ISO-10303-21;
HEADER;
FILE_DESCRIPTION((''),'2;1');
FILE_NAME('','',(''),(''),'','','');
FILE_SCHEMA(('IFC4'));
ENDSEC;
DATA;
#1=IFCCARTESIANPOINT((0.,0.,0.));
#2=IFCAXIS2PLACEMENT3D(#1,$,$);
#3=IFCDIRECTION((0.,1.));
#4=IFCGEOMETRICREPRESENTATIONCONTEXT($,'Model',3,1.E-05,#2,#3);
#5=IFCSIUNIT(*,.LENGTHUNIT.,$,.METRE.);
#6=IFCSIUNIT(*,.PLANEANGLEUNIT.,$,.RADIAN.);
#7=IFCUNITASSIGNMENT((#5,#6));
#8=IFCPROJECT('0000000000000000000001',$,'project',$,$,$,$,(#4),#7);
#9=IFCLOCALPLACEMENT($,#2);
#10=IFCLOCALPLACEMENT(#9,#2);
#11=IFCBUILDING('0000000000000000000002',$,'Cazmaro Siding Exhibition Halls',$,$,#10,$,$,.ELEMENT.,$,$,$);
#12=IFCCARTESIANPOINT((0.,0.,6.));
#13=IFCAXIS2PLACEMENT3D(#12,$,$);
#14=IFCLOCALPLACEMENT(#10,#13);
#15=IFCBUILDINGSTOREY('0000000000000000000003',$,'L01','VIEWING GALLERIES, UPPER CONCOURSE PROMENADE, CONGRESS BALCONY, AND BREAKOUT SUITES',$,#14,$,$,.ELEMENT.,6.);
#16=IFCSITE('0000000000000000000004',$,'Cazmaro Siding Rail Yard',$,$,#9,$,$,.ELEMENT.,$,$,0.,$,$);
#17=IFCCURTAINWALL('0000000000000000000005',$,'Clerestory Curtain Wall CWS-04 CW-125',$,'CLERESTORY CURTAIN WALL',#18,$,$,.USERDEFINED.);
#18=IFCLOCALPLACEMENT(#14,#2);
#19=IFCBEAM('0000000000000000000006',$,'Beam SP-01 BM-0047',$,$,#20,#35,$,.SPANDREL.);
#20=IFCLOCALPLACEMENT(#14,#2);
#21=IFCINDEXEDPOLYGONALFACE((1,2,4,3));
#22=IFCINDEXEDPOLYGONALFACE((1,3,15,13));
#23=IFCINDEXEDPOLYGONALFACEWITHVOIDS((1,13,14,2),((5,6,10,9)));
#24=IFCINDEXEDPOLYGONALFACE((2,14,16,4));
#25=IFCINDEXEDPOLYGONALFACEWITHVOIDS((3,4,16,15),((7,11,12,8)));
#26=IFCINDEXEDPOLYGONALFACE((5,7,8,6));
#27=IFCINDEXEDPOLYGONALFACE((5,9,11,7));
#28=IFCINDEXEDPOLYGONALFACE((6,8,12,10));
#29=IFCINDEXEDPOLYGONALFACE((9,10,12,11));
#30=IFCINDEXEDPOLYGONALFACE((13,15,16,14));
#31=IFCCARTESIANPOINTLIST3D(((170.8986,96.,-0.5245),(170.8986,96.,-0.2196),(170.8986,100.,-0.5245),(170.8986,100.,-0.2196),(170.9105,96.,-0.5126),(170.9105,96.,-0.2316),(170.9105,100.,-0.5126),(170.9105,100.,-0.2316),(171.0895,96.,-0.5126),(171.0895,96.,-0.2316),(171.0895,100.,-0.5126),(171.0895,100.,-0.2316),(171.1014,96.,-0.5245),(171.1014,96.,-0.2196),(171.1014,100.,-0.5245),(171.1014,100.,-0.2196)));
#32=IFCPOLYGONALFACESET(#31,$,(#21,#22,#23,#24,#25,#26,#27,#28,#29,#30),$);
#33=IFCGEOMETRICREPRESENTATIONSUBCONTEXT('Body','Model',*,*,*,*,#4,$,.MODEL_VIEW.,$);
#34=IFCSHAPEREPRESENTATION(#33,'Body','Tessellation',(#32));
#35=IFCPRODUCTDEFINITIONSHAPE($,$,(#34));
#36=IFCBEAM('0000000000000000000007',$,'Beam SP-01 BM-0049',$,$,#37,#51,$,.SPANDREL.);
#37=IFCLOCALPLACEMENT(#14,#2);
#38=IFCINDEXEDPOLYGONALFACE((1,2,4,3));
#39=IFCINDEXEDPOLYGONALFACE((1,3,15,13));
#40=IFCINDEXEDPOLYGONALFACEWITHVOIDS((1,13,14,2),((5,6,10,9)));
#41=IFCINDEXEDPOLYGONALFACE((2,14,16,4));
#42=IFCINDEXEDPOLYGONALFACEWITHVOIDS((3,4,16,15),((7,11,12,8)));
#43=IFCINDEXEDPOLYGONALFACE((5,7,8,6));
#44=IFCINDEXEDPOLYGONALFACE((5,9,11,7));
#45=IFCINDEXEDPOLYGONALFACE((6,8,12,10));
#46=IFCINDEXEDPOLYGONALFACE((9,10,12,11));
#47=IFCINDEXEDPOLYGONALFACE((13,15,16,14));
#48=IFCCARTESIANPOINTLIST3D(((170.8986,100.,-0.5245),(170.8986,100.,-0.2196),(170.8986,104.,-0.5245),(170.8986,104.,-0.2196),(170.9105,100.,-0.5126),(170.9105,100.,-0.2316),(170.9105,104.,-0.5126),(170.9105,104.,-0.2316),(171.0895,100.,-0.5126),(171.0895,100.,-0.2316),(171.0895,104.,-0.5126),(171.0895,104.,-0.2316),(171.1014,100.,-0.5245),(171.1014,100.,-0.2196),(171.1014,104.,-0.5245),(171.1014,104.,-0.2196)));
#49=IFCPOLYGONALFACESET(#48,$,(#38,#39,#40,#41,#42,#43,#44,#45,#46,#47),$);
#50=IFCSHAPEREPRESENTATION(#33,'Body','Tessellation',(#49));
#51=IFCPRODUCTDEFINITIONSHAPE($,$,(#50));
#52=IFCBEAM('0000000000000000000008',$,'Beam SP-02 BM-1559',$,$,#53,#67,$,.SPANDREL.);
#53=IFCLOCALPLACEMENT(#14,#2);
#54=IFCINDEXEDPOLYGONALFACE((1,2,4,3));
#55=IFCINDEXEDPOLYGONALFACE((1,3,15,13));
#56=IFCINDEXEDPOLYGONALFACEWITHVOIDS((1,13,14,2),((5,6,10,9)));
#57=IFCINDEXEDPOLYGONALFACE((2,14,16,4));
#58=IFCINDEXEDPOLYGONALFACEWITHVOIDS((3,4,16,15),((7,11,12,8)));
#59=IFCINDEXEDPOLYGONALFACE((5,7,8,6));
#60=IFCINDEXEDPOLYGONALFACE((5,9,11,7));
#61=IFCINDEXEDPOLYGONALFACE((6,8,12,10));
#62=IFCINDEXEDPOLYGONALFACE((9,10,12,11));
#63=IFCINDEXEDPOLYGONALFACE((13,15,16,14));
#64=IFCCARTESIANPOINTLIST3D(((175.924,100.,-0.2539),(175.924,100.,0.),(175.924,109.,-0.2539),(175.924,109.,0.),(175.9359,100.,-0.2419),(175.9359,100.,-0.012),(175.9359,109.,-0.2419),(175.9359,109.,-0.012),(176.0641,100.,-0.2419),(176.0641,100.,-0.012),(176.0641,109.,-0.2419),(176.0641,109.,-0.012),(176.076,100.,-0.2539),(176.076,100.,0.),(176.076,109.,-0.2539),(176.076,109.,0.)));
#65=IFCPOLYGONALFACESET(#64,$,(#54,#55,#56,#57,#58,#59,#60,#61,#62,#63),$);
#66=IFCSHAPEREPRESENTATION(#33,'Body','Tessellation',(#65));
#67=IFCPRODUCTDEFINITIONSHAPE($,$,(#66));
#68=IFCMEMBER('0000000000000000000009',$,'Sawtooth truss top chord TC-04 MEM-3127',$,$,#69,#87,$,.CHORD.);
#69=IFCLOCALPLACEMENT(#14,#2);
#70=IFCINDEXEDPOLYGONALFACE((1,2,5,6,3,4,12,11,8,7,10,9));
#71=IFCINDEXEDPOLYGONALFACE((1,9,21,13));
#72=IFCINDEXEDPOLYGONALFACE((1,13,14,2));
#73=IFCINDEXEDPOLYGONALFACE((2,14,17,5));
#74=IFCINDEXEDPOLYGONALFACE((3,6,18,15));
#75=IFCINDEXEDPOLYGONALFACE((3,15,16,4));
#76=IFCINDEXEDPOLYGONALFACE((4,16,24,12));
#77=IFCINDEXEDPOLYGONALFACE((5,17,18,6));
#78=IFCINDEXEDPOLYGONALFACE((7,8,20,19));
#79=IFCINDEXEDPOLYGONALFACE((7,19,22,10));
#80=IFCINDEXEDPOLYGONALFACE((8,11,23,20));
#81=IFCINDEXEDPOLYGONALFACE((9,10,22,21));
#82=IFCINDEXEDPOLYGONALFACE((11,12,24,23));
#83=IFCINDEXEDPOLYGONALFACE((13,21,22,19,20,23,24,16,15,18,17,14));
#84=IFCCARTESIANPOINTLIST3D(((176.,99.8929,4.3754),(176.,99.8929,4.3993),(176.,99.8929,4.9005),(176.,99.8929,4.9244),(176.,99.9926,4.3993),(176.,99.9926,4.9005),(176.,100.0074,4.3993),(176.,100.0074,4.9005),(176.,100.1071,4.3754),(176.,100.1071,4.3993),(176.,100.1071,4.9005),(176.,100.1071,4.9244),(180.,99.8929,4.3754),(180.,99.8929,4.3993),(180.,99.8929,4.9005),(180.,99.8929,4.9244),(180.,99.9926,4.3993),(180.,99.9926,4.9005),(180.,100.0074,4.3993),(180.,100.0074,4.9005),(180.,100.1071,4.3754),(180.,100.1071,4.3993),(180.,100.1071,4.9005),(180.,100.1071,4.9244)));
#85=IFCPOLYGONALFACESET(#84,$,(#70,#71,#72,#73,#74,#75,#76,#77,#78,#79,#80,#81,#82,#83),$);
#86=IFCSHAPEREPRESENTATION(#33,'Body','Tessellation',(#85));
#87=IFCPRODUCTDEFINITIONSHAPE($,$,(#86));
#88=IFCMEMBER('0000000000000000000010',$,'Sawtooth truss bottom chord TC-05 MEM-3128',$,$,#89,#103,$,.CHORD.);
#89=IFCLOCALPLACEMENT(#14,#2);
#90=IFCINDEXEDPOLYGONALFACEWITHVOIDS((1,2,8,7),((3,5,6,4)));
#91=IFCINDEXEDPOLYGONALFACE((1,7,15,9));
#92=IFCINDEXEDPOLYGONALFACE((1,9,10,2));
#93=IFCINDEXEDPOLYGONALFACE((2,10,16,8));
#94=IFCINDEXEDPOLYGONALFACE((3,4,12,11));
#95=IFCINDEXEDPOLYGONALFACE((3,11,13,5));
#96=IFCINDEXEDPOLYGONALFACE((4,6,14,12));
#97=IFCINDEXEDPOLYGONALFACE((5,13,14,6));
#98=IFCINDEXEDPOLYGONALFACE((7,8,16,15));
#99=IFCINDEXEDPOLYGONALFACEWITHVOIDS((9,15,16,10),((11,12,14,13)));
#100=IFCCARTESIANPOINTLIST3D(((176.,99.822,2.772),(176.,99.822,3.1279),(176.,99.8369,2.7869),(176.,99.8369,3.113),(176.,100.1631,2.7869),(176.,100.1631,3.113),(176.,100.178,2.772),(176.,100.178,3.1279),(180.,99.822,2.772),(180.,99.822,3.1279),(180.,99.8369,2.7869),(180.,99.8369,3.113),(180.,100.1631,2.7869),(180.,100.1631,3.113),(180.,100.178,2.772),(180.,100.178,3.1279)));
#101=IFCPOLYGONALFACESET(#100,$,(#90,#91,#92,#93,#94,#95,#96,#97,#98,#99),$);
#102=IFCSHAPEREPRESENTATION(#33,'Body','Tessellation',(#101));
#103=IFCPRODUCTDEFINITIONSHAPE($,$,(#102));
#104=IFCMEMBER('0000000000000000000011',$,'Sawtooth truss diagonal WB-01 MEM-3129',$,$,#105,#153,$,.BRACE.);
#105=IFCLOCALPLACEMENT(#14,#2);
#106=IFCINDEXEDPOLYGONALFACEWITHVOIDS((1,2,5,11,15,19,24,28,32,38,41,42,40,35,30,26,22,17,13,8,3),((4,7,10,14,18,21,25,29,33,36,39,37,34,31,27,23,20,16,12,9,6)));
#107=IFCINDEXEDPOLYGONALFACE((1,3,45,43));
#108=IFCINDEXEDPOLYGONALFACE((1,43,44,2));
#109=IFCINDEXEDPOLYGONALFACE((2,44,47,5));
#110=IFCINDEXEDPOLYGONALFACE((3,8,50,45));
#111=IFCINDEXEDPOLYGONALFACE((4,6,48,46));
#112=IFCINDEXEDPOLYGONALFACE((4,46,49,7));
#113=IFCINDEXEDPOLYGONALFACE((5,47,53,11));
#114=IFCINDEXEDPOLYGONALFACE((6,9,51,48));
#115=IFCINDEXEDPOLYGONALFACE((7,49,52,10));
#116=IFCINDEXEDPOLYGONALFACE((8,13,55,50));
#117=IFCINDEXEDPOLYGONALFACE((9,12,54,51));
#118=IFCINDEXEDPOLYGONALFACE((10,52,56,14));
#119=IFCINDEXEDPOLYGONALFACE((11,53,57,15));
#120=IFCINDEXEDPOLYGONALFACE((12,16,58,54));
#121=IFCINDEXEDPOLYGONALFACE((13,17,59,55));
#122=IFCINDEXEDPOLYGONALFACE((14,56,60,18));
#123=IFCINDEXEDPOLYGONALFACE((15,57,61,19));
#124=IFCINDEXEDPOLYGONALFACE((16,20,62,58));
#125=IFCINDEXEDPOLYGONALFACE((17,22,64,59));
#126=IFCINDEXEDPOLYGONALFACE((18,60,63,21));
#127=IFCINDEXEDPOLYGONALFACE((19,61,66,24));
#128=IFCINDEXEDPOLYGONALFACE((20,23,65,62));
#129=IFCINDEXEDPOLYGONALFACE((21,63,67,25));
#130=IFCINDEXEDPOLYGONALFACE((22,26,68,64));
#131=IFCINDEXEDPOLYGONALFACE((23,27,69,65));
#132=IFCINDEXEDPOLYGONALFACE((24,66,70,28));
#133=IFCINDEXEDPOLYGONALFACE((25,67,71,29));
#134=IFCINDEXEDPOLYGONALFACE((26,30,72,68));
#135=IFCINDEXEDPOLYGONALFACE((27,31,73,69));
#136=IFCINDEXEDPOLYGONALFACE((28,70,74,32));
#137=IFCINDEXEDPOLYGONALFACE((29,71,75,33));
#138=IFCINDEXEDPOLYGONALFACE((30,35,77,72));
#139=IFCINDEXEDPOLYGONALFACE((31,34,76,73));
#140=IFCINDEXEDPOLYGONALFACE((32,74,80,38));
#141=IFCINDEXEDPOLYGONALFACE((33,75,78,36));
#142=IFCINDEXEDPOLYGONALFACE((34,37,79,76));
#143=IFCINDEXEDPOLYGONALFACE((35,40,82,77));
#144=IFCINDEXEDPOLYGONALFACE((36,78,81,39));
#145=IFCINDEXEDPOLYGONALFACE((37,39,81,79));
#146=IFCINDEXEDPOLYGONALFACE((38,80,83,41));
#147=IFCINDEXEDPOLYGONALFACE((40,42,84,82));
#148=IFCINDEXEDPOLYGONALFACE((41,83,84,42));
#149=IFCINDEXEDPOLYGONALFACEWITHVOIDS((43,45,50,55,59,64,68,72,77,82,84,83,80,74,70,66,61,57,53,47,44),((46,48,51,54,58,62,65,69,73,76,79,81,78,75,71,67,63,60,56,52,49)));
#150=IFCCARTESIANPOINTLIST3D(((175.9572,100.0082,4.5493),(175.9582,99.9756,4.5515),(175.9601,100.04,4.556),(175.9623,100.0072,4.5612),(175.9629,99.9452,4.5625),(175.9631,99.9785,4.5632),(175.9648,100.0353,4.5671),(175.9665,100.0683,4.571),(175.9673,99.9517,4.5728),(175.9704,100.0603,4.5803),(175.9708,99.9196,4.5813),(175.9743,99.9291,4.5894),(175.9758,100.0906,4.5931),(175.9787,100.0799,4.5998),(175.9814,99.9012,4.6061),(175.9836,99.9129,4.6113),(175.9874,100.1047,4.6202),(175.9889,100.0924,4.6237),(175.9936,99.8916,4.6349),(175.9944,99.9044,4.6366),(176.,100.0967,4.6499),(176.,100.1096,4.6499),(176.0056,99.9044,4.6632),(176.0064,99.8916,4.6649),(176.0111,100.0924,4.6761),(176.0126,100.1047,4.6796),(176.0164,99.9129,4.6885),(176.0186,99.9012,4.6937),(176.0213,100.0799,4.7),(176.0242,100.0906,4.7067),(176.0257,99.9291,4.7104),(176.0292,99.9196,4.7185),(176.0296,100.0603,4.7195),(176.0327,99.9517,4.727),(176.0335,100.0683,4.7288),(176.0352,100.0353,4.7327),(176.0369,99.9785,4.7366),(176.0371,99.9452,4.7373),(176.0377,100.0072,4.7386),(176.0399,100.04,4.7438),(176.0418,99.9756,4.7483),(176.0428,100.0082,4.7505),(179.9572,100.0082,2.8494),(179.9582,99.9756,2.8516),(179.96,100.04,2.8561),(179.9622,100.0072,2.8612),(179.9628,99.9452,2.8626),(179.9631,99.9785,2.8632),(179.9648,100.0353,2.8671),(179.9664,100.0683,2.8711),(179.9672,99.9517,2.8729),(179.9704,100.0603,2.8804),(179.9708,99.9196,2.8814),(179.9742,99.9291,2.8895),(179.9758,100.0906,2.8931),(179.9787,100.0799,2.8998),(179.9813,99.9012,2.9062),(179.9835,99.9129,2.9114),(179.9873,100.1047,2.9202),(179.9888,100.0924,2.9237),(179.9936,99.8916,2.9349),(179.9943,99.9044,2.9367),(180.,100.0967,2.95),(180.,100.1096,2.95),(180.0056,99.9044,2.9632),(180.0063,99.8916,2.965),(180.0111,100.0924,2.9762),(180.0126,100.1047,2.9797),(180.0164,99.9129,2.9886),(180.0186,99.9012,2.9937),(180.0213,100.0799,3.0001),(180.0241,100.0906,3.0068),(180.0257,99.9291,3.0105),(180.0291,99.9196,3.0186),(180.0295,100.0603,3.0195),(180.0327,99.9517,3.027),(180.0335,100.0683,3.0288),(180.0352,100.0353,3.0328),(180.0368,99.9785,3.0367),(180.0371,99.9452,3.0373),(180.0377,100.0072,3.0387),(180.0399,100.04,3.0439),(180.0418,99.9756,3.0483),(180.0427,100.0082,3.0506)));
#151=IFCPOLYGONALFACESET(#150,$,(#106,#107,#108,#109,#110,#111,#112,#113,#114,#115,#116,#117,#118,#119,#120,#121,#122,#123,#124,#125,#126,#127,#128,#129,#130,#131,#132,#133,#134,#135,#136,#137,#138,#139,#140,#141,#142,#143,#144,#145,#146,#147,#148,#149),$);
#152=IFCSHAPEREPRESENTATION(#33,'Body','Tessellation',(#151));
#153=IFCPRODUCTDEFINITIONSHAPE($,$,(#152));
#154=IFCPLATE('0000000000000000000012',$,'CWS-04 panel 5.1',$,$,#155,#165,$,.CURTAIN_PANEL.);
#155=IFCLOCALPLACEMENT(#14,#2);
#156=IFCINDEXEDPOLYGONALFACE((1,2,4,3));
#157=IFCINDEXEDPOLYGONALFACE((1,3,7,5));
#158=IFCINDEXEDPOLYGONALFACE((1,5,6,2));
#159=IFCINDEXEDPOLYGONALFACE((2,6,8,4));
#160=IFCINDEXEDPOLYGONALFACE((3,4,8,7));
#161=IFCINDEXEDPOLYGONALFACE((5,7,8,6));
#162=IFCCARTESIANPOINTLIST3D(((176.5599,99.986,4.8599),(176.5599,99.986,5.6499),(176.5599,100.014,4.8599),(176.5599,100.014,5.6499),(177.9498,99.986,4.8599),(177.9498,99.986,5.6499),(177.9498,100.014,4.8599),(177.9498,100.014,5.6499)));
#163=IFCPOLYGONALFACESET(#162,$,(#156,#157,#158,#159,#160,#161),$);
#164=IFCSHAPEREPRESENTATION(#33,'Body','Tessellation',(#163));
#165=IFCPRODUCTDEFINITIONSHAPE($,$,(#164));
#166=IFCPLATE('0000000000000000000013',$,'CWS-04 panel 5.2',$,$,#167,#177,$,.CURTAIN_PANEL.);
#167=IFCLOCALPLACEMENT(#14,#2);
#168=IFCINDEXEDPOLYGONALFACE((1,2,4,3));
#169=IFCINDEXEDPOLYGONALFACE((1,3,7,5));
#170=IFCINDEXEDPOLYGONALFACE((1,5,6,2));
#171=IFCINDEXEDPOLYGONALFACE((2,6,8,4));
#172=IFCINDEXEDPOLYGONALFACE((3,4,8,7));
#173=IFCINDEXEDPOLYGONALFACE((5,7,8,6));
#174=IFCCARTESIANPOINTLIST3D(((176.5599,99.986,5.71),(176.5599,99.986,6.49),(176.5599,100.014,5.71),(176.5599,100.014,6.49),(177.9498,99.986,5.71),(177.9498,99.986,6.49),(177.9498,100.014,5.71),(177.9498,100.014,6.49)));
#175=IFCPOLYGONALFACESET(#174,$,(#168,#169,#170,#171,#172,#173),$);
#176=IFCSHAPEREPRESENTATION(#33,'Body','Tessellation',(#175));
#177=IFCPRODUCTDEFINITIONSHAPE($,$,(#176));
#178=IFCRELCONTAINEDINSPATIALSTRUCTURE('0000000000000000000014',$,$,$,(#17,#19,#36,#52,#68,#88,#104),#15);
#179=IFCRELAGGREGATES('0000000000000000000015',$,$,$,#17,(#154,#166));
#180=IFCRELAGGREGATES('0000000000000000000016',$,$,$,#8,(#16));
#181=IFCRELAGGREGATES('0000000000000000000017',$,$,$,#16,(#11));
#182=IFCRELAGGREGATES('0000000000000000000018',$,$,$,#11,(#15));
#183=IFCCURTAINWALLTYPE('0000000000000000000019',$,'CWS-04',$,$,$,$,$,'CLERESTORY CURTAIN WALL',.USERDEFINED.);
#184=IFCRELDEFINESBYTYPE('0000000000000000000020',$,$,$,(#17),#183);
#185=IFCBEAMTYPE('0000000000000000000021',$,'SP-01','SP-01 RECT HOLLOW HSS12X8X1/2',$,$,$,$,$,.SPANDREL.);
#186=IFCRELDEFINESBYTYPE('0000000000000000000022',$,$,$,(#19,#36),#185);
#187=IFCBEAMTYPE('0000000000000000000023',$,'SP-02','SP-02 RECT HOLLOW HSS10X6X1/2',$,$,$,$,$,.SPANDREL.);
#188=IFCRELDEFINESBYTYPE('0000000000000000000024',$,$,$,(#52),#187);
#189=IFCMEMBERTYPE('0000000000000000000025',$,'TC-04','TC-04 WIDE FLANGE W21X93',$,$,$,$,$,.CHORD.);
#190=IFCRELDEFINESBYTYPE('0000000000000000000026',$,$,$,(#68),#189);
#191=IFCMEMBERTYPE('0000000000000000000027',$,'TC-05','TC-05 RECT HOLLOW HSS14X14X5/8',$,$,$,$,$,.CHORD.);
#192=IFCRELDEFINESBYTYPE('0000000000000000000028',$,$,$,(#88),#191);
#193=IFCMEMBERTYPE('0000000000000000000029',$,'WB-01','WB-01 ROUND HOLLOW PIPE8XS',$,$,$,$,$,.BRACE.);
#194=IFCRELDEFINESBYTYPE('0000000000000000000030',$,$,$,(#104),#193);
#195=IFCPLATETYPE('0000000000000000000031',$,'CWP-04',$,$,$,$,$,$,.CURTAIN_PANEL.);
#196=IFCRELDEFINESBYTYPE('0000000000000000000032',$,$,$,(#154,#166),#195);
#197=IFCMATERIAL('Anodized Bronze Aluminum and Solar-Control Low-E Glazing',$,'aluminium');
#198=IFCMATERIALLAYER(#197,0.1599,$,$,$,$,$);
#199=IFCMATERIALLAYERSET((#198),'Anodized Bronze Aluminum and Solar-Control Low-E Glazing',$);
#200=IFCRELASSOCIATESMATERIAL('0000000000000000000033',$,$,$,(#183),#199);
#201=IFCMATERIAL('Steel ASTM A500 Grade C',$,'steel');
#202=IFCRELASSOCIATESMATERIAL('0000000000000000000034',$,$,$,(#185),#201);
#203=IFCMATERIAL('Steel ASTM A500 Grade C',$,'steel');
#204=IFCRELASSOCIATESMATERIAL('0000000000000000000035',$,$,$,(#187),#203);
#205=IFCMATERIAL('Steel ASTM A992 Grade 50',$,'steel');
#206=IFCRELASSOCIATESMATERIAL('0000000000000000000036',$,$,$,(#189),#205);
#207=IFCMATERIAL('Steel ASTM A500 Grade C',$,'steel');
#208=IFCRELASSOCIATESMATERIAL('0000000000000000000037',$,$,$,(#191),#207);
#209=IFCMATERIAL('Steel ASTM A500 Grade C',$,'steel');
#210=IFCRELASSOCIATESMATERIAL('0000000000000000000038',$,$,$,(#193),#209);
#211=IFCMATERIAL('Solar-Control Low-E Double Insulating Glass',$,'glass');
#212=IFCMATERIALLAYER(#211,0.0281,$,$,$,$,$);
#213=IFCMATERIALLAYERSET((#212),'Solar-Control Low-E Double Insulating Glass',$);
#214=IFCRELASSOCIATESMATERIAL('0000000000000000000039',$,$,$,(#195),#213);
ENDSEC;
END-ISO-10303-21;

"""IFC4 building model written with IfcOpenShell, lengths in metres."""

from ifc_helpers import new_model, si_unit, direction, frame, origin, origin_2d, place, context, subcontext, project, spatial, rectangle, hollow_rectangle, hollow_circle, i_section, extrude, material, layer, layer_set, material_profile, profile_set, type_object, element, aggregate, save


model = new_model("IFC4")

# Units and contexts
model_context = context("Model", 3, precision=1e-05, world=origin(), true_north=direction((0.0, 1.0)))
body_context = subcontext(model_context, "Body", "Model", "MODEL_VIEW")
ifc_project = project(units=[si_unit("LENGTHUNIT", "METRE"), si_unit("PLANEANGLEUNIT", "RADIAN")], contexts=[model_context])

# Site, building, storey
site_placement = place(None, origin())
site = spatial("IfcSite", under=ifc_project, at=site_placement, Name="Cazmaro Siding Rail Yard", CompositionType="ELEMENT", RefElevation=0.0)
building_placement = place(site_placement, origin())
building = spatial("IfcBuilding", under=site, at=building_placement, Name="Cazmaro Siding Exhibition Halls", CompositionType="ELEMENT")
storey_placement = place(building_placement, frame((0.0, 0.0, 6.0)))
storey = spatial("IfcBuildingStorey", under=building, at=storey_placement, Name="L01", Description="VIEWING GALLERIES, UPPER CONCOURSE PROMENADE, CONGRESS BALCONY, AND BREAKOUT SUITES", CompositionType="ELEMENT", Elevation=6.0)

# Curtain wall
ifc_material_1 = material(Name="Anodized Bronze Aluminum and Solar-Control Low-E Glazing", Category="aluminium")
ifc_layer_1 = layer(ifc_material_1, 0.1599)
ifc_layer_set_1 = layer_set([ifc_layer_1], Name="Anodized Bronze Aluminum and Solar-Control Low-E Glazing")
curtain_wall_type = type_object("IfcCurtainWallType", Name="CWS-04", ElementType="CLERESTORY CURTAIN WALL", PredefinedType="USERDEFINED", material=ifc_layer_set_1)
curtain_wall_placement = place(storey_placement, origin())
curtain_wall = element("IfcCurtainWall", 1, at=curtain_wall_placement, inside=storey, type_object=curtain_wall_type, Name="Clerestory Curtain Wall CWS-04 CW-125", ObjectType="CLERESTORY CURTAIN WALL", PredefinedType="USERDEFINED")

# Beams
ifc_material_2 = material(Name="Steel ASTM A500 Grade C", Category="steel")
ifc_material_profile_1 = material_profile(ifc_material_2, hollow_rectangle(XDim=0.2029, YDim=0.3049, WallThickness=0.012, at=origin_2d()), Name="HSS12X8X1/2")
ifc_profile_set_1 = profile_set([ifc_material_profile_1], Name="Steel ASTM A500 Grade C")
beam_type_1 = type_object("IfcBeamType", Name="SP-01", Description="SP-01 RECT HOLLOW HSS12X8X1/2", PredefinedType="SPANDREL", material=ifc_profile_set_1)
for number, where, z_axis, x_axis, name in (
    (2, (171.0, 96.0, -0.3721), (0.0, 1.0, 0.0), (-1.0, 0.0, 0.0), "Beam SP-01 BM-0047"),
    (3, (171.0, 100.0, -0.3721), (0.0, 1.0, 0.0), (-1.0, 0.0, 0.0), "Beam SP-01 BM-0049"),
):
    element("IfcBeam", number, at=place(storey_placement, frame(where, z_axis=z_axis, x_axis=x_axis)), inside=storey, type_object=beam_type_1, Name=name, PredefinedType="SPANDREL", context=body_context, shape_type="SweptSolid", body=[
        extrude(hollow_rectangle(XDim=0.2029, YDim=0.3049, WallThickness=0.012, at=origin_2d()), origin(), (0.0, 0.0, 1.0), 4.0),
    ])
ifc_material_3 = material(Name="Steel ASTM A500 Grade C", Category="steel")
ifc_material_profile_2 = material_profile(ifc_material_3, hollow_rectangle(XDim=0.1521, YDim=0.2539, WallThickness=0.012, at=origin_2d()), Name="HSS10X6X1/2")
ifc_profile_set_2 = profile_set([ifc_material_profile_2], Name="Steel ASTM A500 Grade C")
beam_type_2 = type_object("IfcBeamType", Name="SP-02", Description="SP-02 RECT HOLLOW HSS10X6X1/2", PredefinedType="SPANDREL", material=ifc_profile_set_2)
beam_1_placement = place(storey_placement, frame((176.0, 100.0, -0.127), z_axis=(0.0, 1.0, 0.0), x_axis=(-1.0, 0.0, 0.0)))
element("IfcBeam", 4, at=beam_1_placement, inside=storey, type_object=beam_type_2, Name="Beam SP-02 BM-1559", PredefinedType="SPANDREL", context=body_context, shape_type="SweptSolid", body=[
    extrude(hollow_rectangle(XDim=0.1521, YDim=0.2539, WallThickness=0.012, at=origin_2d()), origin(), (0.0, 0.0, 1.0), 9.0),
])

# Members
ifc_material_4 = material(Name="Steel ASTM A992 Grade 50", Category="steel")
ifc_material_profile_3 = material_profile(ifc_material_4, i_section(OverallWidth=0.2141, OverallDepth=0.5491, WebThickness=0.0149, FlangeThickness=0.0239, at=origin_2d()), Name="W21X93")
ifc_profile_set_3 = profile_set([ifc_material_profile_3], Name="Steel ASTM A992 Grade 50")
member_type_1 = type_object("IfcMemberType", Name="TC-04", Description="TC-04 WIDE FLANGE W21X93", PredefinedType="CHORD", material=ifc_profile_set_3)
member_1_placement = place(storey_placement, frame((176.0, 100.0, 4.6499), z_axis=(1.0, 0.0, 0.0), x_axis=(0.0, 1.0, 0.0)))
element("IfcMember", 5, at=member_1_placement, inside=storey, type_object=member_type_1, Name="Sawtooth truss top chord TC-04 MEM-3127", PredefinedType="CHORD", context=body_context, shape_type="SweptSolid", body=[
    extrude(i_section(OverallWidth=0.2141, OverallDepth=0.5491, WebThickness=0.0149, FlangeThickness=0.0239, at=origin_2d()), origin(), (0.0, 0.0, 1.0), 4.0),
])
ifc_material_5 = material(Name="Steel ASTM A500 Grade C", Category="steel")
ifc_material_profile_4 = material_profile(ifc_material_5, hollow_rectangle(XDim=0.356, YDim=0.356, WallThickness=0.0149, at=origin_2d()), Name="HSS14X14X5/8")
ifc_profile_set_4 = profile_set([ifc_material_profile_4], Name="Steel ASTM A500 Grade C")
member_type_2 = type_object("IfcMemberType", Name="TC-05", Description="TC-05 RECT HOLLOW HSS14X14X5/8", PredefinedType="CHORD", material=ifc_profile_set_4)
member_2_placement = place(storey_placement, frame((176.0, 100.0, 2.95), z_axis=(1.0, 0.0, 0.0), x_axis=(0.0, 1.0, 0.0)))
element("IfcMember", 6, at=member_2_placement, inside=storey, type_object=member_type_2, Name="Sawtooth truss bottom chord TC-05 MEM-3128", PredefinedType="CHORD", context=body_context, shape_type="SweptSolid", body=[
    extrude(hollow_rectangle(XDim=0.356, YDim=0.356, WallThickness=0.0149, at=origin_2d()), origin(), (0.0, 0.0, 1.0), 4.0),
])
ifc_material_6 = material(Name="Steel ASTM A500 Grade C", Category="steel")
ifc_material_profile_5 = material_profile(ifc_material_6, hollow_circle(Radius=0.1096, WallThickness=0.0129, at=origin_2d()), Name="PIPE8XS")
ifc_profile_set_5 = profile_set([ifc_material_profile_5], Name="Steel ASTM A500 Grade C")
member_type_3 = type_object("IfcMemberType", Name="WB-01", Description="WB-01 ROUND HOLLOW PIPE8XS", PredefinedType="BRACE", material=ifc_profile_set_5)
member_3_placement = place(storey_placement, frame((176.0, 100.0, 4.6499), z_axis=(0.920335, 0.0, -0.391131), x_axis=(0.0, 1.0, 0.0)))
element("IfcMember", 7, at=member_3_placement, inside=storey, type_object=member_type_3, Name="Sawtooth truss diagonal WB-01 MEM-3129", PredefinedType="BRACE", context=body_context, shape_type="SweptSolid", body=[
    extrude(hollow_circle(Radius=0.1096, WallThickness=0.0129, at=origin_2d()), origin(), (0.0, 0.0, 1.0), 4.3462),
])

# Plates
ifc_material_7 = material(Name="Solar-Control Low-E Double Insulating Glass", Category="glass")
ifc_layer_2 = layer(ifc_material_7, 0.0281)
ifc_layer_set_2 = layer_set([ifc_layer_2], Name="Solar-Control Low-E Double Insulating Glass")
plate_type = type_object("IfcPlateType", Name="CWP-04", PredefinedType="CURTAIN_PANEL", material=ifc_layer_set_2)
plate_1_placement = place(storey_placement, frame((177.2549, 100.0, 4.8599), z_axis=(0.0, 0.0, 1.0), x_axis=(-1.0, 0.0, 0.0)))
plate_1 = element("IfcPlate", 8, at=plate_1_placement, type_object=plate_type, Name="CWS-04 panel 5.1", PredefinedType="CURTAIN_PANEL", context=body_context, shape_type="SweptSolid", body=[
    extrude(rectangle(XDim=1.3899, YDim=0.0281, at=origin_2d()), origin(), (0.0, 0.0, 1.0), 0.79),
])
plate_2_placement = place(storey_placement, frame((177.2549, 100.0, 5.71), z_axis=(0.0, 0.0, 1.0), x_axis=(-1.0, 0.0, 0.0)))
plate_2 = element("IfcPlate", 9, at=plate_2_placement, type_object=plate_type, Name="CWS-04 panel 5.2", PredefinedType="CURTAIN_PANEL", context=body_context, shape_type="SweptSolid", body=[
    extrude(rectangle(XDim=1.3899, YDim=0.0281, at=origin_2d()), origin(), (0.0, 0.0, 1.0), 0.78),
])
aggregate(curtain_wall, [plate_1, plate_2])

save(model, "model.ifc")
